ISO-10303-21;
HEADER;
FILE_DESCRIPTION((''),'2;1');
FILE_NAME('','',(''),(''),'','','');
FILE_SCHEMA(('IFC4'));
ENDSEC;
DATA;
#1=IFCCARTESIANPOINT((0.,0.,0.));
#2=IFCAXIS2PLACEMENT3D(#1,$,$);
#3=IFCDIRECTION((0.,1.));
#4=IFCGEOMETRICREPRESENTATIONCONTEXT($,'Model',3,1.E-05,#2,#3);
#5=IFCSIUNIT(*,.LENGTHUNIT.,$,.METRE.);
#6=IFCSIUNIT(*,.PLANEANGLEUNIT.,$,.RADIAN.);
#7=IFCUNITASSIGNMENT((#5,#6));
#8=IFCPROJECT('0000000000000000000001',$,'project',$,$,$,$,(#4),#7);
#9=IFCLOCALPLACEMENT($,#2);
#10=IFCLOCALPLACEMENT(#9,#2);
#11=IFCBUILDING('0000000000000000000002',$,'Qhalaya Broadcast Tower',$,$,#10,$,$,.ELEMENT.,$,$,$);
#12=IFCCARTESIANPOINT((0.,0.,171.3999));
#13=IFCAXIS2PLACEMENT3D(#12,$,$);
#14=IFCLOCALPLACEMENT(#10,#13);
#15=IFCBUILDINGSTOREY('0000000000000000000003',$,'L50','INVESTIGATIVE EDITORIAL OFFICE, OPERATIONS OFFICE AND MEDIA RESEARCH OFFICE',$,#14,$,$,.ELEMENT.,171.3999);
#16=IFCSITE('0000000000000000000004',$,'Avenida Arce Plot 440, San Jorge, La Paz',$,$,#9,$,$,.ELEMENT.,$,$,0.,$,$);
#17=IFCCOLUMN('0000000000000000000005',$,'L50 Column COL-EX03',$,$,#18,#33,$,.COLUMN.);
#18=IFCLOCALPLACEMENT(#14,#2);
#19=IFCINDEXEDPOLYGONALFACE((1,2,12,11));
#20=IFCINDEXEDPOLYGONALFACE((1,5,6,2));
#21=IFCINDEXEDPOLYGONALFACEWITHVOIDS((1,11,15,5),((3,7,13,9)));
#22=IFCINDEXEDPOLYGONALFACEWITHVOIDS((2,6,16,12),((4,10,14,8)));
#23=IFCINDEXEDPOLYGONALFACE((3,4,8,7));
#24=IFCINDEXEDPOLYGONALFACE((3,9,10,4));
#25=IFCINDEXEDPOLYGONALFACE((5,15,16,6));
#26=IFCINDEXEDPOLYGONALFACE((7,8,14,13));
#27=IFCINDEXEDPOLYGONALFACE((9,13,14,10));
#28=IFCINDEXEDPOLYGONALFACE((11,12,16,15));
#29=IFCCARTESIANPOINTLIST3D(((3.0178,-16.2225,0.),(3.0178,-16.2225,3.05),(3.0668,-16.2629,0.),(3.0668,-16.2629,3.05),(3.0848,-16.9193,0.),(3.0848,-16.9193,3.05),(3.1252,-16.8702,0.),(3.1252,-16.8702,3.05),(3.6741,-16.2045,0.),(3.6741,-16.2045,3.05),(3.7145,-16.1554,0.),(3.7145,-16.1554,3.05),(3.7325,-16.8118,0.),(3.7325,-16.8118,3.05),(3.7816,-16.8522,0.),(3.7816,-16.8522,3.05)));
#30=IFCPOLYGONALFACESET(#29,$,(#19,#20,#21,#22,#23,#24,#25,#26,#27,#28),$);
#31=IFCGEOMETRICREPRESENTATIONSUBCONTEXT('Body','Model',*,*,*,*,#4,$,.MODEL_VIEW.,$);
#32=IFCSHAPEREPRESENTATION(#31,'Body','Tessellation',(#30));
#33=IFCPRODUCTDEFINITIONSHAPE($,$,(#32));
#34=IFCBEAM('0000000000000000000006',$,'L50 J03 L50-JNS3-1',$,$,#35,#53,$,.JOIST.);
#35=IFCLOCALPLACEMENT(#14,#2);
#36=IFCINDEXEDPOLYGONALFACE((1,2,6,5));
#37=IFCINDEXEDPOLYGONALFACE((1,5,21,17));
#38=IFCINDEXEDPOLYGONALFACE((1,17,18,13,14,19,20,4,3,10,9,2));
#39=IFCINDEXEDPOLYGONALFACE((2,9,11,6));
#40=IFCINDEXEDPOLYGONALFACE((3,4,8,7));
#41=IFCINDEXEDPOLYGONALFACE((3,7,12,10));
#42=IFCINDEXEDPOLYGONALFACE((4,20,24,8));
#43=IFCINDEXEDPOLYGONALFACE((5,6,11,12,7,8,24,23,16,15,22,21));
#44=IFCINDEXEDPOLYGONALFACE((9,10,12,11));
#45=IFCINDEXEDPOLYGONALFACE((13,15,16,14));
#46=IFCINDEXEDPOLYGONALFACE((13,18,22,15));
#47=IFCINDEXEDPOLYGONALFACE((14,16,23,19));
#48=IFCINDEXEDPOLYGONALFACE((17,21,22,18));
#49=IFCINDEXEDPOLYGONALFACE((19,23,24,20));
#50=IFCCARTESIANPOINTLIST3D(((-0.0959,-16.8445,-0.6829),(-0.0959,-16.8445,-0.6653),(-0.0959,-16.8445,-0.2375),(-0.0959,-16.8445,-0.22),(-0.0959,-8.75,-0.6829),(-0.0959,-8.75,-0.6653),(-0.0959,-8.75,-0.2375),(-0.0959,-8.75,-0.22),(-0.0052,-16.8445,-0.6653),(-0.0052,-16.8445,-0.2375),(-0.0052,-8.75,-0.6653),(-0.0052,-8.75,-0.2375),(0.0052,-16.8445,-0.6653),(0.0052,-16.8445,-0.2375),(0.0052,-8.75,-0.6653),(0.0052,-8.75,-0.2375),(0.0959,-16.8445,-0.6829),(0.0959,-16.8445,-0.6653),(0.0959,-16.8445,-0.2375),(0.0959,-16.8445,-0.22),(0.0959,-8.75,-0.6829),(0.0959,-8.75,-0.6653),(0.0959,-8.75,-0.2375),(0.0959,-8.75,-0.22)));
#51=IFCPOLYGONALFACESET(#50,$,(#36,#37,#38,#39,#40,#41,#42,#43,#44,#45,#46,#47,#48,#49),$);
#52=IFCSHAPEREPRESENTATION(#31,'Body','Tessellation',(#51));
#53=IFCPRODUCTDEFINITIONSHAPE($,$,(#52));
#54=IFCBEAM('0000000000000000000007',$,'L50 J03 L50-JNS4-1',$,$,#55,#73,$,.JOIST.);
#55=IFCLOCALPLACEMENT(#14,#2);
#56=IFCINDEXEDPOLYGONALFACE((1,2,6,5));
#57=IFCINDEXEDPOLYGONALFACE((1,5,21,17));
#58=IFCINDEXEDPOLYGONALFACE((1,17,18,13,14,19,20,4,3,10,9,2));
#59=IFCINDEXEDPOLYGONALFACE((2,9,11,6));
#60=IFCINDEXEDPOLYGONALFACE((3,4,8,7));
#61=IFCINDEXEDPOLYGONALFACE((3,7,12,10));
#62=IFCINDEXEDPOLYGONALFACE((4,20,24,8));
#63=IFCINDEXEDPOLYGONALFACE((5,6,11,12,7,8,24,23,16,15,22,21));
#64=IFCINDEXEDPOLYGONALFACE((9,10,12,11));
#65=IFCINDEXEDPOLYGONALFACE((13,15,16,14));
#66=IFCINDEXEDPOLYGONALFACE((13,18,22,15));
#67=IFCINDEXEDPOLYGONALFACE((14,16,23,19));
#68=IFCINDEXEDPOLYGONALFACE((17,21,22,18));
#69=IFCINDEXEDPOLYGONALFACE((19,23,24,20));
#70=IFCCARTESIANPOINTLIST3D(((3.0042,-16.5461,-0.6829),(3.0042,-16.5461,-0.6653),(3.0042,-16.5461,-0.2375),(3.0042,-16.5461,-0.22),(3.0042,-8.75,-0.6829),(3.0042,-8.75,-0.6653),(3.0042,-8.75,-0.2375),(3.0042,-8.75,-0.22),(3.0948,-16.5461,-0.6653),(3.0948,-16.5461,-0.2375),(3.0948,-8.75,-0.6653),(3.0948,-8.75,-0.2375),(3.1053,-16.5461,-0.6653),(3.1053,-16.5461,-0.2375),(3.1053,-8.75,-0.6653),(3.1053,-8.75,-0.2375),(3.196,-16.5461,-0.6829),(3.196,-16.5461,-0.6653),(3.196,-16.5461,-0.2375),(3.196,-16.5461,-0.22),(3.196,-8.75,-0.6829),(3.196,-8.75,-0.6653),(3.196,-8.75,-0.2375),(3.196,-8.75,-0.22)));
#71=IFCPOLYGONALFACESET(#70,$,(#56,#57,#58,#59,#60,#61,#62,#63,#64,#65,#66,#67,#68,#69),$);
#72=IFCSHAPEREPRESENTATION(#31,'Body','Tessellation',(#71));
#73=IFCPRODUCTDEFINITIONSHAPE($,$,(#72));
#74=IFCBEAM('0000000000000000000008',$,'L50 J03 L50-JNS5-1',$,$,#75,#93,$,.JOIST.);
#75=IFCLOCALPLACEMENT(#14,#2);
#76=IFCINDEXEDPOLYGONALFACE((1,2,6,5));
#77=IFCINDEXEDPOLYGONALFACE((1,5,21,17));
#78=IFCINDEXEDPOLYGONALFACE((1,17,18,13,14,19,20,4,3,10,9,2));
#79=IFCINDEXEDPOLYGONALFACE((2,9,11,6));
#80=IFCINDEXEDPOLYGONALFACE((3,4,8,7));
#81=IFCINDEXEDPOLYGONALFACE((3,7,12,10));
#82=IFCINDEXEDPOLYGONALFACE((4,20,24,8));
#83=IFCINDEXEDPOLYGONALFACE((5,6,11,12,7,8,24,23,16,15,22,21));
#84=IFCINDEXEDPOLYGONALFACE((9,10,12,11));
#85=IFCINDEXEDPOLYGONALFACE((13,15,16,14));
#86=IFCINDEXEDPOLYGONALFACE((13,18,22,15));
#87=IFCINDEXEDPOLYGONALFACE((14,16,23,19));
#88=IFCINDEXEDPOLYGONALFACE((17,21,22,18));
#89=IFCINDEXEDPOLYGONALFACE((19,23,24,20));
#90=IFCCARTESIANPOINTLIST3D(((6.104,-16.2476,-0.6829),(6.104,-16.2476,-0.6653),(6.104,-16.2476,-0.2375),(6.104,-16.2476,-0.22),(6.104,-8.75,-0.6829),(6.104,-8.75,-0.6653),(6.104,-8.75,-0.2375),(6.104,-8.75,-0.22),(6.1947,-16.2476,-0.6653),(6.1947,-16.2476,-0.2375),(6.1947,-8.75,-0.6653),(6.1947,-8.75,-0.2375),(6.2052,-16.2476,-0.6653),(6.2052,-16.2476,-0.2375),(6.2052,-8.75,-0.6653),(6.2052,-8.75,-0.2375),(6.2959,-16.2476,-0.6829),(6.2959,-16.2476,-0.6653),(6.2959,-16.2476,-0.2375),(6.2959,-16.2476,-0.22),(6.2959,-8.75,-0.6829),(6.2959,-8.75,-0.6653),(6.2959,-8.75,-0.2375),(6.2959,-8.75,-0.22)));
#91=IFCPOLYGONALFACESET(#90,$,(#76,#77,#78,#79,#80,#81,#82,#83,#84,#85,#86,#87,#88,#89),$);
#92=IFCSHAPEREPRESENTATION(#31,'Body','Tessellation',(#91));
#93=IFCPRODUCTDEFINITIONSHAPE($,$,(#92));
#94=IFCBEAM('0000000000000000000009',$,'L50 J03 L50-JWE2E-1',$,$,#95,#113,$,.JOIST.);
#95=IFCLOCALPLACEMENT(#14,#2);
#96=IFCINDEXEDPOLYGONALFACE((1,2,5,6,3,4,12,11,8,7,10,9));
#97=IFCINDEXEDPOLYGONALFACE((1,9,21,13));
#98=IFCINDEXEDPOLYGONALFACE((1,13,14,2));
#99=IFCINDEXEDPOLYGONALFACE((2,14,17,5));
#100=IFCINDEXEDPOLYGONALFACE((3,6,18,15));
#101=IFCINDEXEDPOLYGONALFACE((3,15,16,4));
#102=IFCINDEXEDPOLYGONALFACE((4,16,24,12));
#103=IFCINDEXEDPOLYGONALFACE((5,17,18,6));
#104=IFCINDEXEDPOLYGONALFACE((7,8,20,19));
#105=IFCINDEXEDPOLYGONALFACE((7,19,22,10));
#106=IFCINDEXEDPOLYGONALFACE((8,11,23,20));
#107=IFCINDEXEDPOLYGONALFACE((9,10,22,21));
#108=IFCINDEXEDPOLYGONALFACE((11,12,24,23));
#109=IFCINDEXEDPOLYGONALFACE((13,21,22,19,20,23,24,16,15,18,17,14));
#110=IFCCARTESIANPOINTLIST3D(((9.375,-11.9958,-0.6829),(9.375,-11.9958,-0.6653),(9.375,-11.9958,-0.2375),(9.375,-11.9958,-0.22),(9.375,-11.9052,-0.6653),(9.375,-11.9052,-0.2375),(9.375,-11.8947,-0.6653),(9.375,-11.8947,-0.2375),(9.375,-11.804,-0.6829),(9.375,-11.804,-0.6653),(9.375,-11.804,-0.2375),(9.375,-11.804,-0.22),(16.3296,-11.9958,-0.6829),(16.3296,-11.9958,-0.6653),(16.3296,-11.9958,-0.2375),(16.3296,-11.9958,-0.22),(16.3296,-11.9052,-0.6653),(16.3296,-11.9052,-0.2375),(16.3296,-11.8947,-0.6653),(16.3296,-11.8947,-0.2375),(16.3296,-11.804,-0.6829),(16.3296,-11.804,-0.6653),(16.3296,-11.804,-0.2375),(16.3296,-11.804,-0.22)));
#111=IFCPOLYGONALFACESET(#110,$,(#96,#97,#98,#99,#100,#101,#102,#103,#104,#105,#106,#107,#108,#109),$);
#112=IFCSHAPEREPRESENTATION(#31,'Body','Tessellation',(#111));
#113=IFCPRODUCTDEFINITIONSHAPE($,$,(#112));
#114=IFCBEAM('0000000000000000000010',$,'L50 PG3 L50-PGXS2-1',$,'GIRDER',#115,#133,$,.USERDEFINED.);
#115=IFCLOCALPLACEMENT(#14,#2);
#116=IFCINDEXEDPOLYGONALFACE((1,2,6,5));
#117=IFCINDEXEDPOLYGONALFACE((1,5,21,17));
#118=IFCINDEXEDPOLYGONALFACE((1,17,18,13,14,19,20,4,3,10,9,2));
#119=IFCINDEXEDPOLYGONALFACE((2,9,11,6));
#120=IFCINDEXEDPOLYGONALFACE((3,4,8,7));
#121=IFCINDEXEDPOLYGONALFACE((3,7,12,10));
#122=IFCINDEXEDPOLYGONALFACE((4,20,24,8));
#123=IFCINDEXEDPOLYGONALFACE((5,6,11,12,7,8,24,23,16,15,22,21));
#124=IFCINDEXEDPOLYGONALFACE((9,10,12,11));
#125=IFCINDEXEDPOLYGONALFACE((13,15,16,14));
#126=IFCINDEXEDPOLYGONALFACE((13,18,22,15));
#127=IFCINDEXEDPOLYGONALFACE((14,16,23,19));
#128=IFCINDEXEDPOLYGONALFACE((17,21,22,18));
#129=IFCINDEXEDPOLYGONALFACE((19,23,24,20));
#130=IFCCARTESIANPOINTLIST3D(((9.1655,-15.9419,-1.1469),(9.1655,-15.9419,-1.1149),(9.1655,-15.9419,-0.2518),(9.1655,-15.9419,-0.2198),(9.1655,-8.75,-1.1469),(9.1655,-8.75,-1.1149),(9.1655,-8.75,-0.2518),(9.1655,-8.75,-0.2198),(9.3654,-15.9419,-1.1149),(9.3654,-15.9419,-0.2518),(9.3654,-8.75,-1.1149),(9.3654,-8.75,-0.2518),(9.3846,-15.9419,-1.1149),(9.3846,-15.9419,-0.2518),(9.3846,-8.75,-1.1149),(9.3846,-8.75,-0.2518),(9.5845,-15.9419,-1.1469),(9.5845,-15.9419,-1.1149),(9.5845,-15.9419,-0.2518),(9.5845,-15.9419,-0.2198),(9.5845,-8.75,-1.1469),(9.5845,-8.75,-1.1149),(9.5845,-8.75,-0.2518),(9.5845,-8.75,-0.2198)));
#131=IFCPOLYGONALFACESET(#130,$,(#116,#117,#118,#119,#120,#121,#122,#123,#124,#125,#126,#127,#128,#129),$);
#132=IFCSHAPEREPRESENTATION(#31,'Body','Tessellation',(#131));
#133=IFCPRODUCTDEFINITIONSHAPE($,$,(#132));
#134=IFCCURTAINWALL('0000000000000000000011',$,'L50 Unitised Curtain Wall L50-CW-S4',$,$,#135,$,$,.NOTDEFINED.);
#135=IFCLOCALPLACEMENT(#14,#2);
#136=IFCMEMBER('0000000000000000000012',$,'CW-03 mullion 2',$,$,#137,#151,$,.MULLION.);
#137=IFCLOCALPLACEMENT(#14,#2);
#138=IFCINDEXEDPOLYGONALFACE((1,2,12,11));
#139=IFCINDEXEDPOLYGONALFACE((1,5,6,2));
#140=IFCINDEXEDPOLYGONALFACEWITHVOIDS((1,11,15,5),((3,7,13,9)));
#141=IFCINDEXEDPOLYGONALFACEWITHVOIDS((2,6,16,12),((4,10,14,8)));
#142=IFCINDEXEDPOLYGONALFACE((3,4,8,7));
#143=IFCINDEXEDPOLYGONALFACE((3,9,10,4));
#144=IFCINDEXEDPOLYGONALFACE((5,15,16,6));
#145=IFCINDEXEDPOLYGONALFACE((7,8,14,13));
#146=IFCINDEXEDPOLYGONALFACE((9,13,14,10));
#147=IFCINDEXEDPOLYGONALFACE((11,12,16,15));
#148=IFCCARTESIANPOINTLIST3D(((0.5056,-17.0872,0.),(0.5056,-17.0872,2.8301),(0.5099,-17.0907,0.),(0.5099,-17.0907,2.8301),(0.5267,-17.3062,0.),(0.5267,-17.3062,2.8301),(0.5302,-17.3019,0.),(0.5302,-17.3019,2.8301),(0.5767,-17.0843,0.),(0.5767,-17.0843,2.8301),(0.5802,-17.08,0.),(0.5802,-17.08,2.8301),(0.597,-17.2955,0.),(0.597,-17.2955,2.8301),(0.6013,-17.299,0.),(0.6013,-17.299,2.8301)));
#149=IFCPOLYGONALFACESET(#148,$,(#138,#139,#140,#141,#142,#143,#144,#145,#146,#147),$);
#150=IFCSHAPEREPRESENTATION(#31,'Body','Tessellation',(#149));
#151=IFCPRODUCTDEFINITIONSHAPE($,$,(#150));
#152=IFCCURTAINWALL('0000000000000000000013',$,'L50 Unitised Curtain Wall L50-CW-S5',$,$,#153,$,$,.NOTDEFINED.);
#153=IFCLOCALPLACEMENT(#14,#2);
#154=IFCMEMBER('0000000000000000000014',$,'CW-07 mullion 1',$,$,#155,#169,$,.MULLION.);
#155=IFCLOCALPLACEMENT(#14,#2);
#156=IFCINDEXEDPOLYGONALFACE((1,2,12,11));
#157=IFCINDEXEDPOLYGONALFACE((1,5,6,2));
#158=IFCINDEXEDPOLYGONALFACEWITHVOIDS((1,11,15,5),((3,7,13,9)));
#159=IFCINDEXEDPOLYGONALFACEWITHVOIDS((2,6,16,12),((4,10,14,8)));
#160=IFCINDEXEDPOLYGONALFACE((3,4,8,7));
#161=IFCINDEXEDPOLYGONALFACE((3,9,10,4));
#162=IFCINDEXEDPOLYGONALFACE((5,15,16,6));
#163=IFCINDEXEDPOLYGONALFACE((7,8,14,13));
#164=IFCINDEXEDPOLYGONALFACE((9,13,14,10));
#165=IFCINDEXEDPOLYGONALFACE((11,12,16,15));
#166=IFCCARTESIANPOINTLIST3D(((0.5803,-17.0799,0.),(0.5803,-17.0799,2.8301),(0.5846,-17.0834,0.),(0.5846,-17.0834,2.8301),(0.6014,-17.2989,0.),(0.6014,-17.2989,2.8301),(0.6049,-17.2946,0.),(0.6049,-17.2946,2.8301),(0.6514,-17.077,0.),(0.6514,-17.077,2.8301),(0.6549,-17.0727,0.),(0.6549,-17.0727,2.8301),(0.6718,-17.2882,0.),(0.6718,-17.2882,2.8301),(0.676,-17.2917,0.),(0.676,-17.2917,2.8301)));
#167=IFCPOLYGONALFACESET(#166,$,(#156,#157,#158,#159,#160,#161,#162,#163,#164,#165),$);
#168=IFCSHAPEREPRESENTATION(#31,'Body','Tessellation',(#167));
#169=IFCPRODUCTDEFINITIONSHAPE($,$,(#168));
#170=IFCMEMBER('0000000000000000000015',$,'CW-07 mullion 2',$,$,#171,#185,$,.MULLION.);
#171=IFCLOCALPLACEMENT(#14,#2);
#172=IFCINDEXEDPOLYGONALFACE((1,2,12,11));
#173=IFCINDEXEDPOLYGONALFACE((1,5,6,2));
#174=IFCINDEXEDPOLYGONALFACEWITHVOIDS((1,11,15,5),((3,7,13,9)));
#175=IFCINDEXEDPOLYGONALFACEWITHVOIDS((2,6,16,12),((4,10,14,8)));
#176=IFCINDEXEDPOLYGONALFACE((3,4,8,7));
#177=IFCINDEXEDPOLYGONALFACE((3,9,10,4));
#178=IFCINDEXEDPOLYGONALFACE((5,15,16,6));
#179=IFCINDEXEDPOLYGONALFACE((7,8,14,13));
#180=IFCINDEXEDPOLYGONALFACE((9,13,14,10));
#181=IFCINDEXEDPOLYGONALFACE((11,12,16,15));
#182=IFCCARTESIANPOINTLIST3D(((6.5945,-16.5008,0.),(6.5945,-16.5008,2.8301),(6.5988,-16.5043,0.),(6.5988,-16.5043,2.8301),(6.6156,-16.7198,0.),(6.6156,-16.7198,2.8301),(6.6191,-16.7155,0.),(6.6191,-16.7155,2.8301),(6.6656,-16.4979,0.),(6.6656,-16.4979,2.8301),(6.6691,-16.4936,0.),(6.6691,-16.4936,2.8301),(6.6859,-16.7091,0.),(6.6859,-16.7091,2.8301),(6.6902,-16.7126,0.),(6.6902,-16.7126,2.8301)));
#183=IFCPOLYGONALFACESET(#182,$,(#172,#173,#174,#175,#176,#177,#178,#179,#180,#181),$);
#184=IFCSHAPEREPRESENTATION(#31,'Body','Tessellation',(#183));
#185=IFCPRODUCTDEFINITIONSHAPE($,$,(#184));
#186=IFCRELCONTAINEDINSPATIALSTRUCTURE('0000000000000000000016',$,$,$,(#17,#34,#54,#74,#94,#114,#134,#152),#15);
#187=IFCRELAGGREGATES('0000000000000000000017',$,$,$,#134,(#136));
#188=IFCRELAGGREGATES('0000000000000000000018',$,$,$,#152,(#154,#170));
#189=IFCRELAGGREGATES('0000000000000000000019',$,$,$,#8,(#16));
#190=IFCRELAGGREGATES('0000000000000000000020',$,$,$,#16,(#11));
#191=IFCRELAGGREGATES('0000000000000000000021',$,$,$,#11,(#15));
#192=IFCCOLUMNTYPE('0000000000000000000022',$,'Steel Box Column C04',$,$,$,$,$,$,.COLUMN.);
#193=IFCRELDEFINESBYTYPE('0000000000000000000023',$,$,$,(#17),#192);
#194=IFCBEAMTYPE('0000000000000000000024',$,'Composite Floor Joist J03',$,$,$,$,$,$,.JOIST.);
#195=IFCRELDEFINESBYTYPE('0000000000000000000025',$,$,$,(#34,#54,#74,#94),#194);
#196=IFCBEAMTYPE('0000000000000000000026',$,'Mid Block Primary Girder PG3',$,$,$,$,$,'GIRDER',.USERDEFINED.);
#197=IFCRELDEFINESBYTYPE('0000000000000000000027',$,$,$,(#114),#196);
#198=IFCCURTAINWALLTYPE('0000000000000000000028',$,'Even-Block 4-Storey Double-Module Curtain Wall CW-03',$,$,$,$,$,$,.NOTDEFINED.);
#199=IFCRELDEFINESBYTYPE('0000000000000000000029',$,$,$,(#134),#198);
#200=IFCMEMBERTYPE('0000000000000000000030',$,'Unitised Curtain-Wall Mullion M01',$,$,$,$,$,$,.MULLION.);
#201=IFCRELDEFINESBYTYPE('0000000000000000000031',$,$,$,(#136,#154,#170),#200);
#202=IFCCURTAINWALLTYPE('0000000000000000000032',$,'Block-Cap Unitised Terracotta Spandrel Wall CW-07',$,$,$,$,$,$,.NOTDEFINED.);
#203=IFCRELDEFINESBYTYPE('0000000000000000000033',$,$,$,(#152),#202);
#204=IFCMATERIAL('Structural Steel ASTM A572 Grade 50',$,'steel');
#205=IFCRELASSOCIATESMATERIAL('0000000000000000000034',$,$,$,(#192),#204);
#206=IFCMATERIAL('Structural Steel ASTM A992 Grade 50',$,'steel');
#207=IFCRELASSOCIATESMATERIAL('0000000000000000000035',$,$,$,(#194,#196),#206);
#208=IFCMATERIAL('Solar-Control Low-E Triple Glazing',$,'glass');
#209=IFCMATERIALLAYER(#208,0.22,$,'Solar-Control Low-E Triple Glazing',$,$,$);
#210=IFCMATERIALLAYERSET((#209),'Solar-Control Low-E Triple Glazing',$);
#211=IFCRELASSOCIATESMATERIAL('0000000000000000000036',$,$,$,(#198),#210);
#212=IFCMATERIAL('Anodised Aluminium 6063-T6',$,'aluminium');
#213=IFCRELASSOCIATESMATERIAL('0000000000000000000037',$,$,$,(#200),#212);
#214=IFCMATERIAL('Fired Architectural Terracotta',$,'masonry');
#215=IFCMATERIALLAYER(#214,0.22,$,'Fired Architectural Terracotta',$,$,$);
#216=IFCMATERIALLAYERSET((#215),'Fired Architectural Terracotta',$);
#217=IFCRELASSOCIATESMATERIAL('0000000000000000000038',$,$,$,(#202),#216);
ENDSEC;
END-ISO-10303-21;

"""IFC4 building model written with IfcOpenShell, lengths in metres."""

from ifc_helpers import new_model, si_unit, direction, frame, origin, origin_2d, place, context, subcontext, project, spatial, hollow_rectangle, i_section, extrude, material, layer, layer_set, material_profile, profile_set, type_object, element, aggregate, save


model = new_model("IFC4")

# Units and contexts
model_context = context("Model", 3, precision=1e-05, world=origin(), true_north=direction((0.0, 1.0)))
body_context = subcontext(model_context, "Body", "Model", "MODEL_VIEW")
ifc_project = project(units=[si_unit("LENGTHUNIT", "METRE"), si_unit("PLANEANGLEUNIT", "RADIAN")], contexts=[model_context])

# Site, building, storey
site_placement = place(None, origin())
site = spatial("IfcSite", under=ifc_project, at=site_placement, Name="Avenida Arce Plot 440, San Jorge, La Paz", CompositionType="ELEMENT", RefElevation=0.0)
building_placement = place(site_placement, origin())
building = spatial("IfcBuilding", under=site, at=building_placement, Name="Qhalaya Broadcast Tower", CompositionType="ELEMENT")
storey_placement = place(building_placement, frame((0.0, 0.0, 171.3999)))
storey = spatial("IfcBuildingStorey", under=building, at=storey_placement, Name="L50", Description="INVESTIGATIVE EDITORIAL OFFICE, OPERATIONS OFFICE AND MEDIA RESEARCH OFFICE", CompositionType="ELEMENT", Elevation=171.3999)

# Column
ifc_material_1 = material(Name="Structural Steel ASTM A572 Grade 50", Category="steel")
ifc_material_profile_1 = material_profile(ifc_material_1, hollow_rectangle(XDim=0.7, YDim=0.7, WallThickness=0.0449, at=origin_2d()), Name="BOX 700x700x45")
ifc_profile_set_1 = profile_set([ifc_material_profile_1], Name="Structural Steel ASTM A572 Grade 50")
column_type = type_object("IfcColumnType", Name="Steel Box Column C04", PredefinedType="COLUMN", material=ifc_profile_set_1)
column_placement = place(storey_placement, frame((3.3997, -16.5374, 0.0), z_axis=(0.0, 0.0, 1.0), x_axis=(0.995396, 0.095846, 0.0)))
element("IfcColumn", 1, at=column_placement, inside=storey, type_object=column_type, Name="L50 Column COL-EX03", PredefinedType="COLUMN", context=body_context, shape_type="SweptSolid", body=[
    extrude(hollow_rectangle(XDim=0.7, YDim=0.7, WallThickness=0.0449, at=origin_2d()), origin(), (0.0, 0.0, 1.0), 3.05),
])

# Beams
ifc_material_2 = material(Name="Structural Steel ASTM A992 Grade 50", Category="steel")
ifc_material_profile_2 = material_profile(ifc_material_2, i_section(OverallWidth=0.1919, OverallDepth=0.4629, WebThickness=0.0105, FlangeThickness=0.0176, at=origin_2d()), Name="W18X60")
ifc_profile_set_2 = profile_set([ifc_material_profile_2], Name="Structural Steel ASTM A992 Grade 50")
beam_type_1 = type_object("IfcBeamType", Name="Composite Floor Joist J03", PredefinedType="JOIST", material=ifc_profile_set_2)
beam_1_placement = place(storey_placement, frame((0.0, -16.8445, -0.4514), z_axis=(0.0, 1.0, 0.0), x_axis=(-1.0, 0.0, 0.0)))
element("IfcBeam", 2, at=beam_1_placement, inside=storey, type_object=beam_type_1, Name="L50 J03 L50-JNS3-1", PredefinedType="JOIST", context=body_context, shape_type="SweptSolid", body=[
    extrude(i_section(OverallWidth=0.1919, OverallDepth=0.4629, WebThickness=0.0105, FlangeThickness=0.0176, at=origin_2d()), origin(), (0.0, 0.0, 1.0), 8.0945),
])
beam_2_placement = place(storey_placement, frame((3.1001, -16.5461, -0.4514), z_axis=(0.0, 1.0, 0.0), x_axis=(-1.0, 0.0, 0.0)))
element("IfcBeam", 3, at=beam_2_placement, inside=storey, type_object=beam_type_1, Name="L50 J03 L50-JNS4-1", PredefinedType="JOIST", context=body_context, shape_type="SweptSolid", body=[
    extrude(i_section(OverallWidth=0.1919, OverallDepth=0.4629, WebThickness=0.0105, FlangeThickness=0.0176, at=origin_2d()), origin(), (0.0, 0.0, 1.0), 7.7961),
])
beam_3_placement = place(storey_placement, frame((6.2, -16.2476, -0.4514), z_axis=(0.0, 1.0, 0.0), x_axis=(-1.0, 0.0, 0.0)))
element("IfcBeam", 4, at=beam_3_placement, inside=storey, type_object=beam_type_1, Name="L50 J03 L50-JNS5-1", PredefinedType="JOIST", context=body_context, shape_type="SweptSolid", body=[
    extrude(i_section(OverallWidth=0.1919, OverallDepth=0.4629, WebThickness=0.0105, FlangeThickness=0.0176, at=origin_2d()), origin(), (0.0, 0.0, 1.0), 7.4976),
])
beam_4_placement = place(storey_placement, frame((9.375, -11.8999, -0.4514), z_axis=(1.0, 0.0, 0.0), x_axis=(0.0, 1.0, 0.0)))
element("IfcBeam", 5, at=beam_4_placement, inside=storey, type_object=beam_type_1, Name="L50 J03 L50-JWE2E-1", PredefinedType="JOIST", context=body_context, shape_type="SweptSolid", body=[
    extrude(i_section(OverallWidth=0.1919, OverallDepth=0.4629, WebThickness=0.0105, FlangeThickness=0.0176, at=origin_2d()), origin(), (0.0, 0.0, 1.0), 6.9546),
])
ifc_material_profile_3 = material_profile(ifc_material_2, i_section(OverallWidth=0.4189, OverallDepth=0.927, WebThickness=0.0193, FlangeThickness=0.032, at=origin_2d()), Name="W36X231")
ifc_profile_set_3 = profile_set([ifc_material_profile_3], Name="Structural Steel ASTM A992 Grade 50")
beam_type_2 = type_object("IfcBeamType", Name="Mid Block Primary Girder PG3", ElementType="GIRDER", PredefinedType="USERDEFINED", material=ifc_profile_set_3)
beam_5_placement = place(storey_placement, frame((9.375, -15.9419, -0.6833), z_axis=(0.0, 1.0, 0.0), x_axis=(-1.0, 0.0, 0.0)))
element("IfcBeam", 6, at=beam_5_placement, inside=storey, type_object=beam_type_2, Name="L50 PG3 L50-PGXS2-1", ObjectType="GIRDER", PredefinedType="USERDEFINED", context=body_context, shape_type="SweptSolid", body=[
    extrude(i_section(OverallWidth=0.4189, OverallDepth=0.927, WebThickness=0.0193, FlangeThickness=0.032, at=origin_2d()), origin(), (0.0, 0.0, 1.0), 7.1919),
])

# Curtain wall, member
ifc_material_3 = material(Name="Solar-Control Low-E Triple Glazing", Category="glass")
ifc_layer_1 = layer(ifc_material_3, 0.22, Name="Solar-Control Low-E Triple Glazing")
ifc_layer_set_1 = layer_set([ifc_layer_1], Name="Solar-Control Low-E Triple Glazing")
curtain_wall_type_1 = type_object("IfcCurtainWallType", Name="Even-Block 4-Storey Double-Module Curtain Wall CW-03", PredefinedType="NOTDEFINED", material=ifc_layer_set_1)
curtain_wall_1_placement = place(storey_placement, origin())
curtain_wall_1 = element("IfcCurtainWall", 7, at=curtain_wall_1_placement, inside=storey, type_object=curtain_wall_type_1, Name="L50 Unitised Curtain Wall L50-CW-S4", PredefinedType="NOTDEFINED")
ifc_material_4 = material(Name="Anodised Aluminium 6063-T6", Category="aluminium")
ifc_material_profile_4 = material_profile(ifc_material_4, hollow_rectangle(XDim=0.075, YDim=0.22, WallThickness=0.0039, at=origin_2d()), Name="ALU-MUL 75x220x4")
ifc_profile_set_4 = profile_set([ifc_material_profile_4], Name="Anodised Aluminium 6063-T6")
member_type_1 = type_object("IfcMemberType", Name="Unitised Curtain-Wall Mullion M01", PredefinedType="MULLION", material=ifc_profile_set_4)
member_1_placement = place(storey_placement, frame((0.5535, -17.1931, 0.0), z_axis=(0.0, 0.0, 1.0), x_axis=(0.995395, 0.095857, 0.0)))
member_1 = element("IfcMember", 8, at=member_1_placement, type_object=member_type_1, Name="CW-03 mullion 2", PredefinedType="MULLION", context=body_context, shape_type="SweptSolid", body=[
    extrude(hollow_rectangle(XDim=0.075, YDim=0.22, WallThickness=0.0039, at=origin_2d()), origin(), (0.0, 0.0, 1.0), 2.8301),
])
aggregate(curtain_wall_1, [member_1])

# Curtain wall, members
ifc_material_5 = material(Name="Fired Architectural Terracotta", Category="masonry")
ifc_layer_2 = layer(ifc_material_5, 0.22, Name="Fired Architectural Terracotta")
ifc_layer_set_2 = layer_set([ifc_layer_2], Name="Fired Architectural Terracotta")
curtain_wall_type_2 = type_object("IfcCurtainWallType", Name="Block-Cap Unitised Terracotta Spandrel Wall CW-07", PredefinedType="NOTDEFINED", material=ifc_layer_set_2)
curtain_wall_2_placement = place(storey_placement, origin())
curtain_wall_2 = element("IfcCurtainWall", 9, at=curtain_wall_2_placement, inside=storey, type_object=curtain_wall_type_2, Name="L50 Unitised Curtain Wall L50-CW-S5", PredefinedType="NOTDEFINED")
member_2_placement = place(storey_placement, frame((0.6282, -17.1858, 0.0), z_axis=(0.0, 0.0, 1.0), x_axis=(0.995396, 0.095848, 0.0)))
member_2 = element("IfcMember", 10, at=member_2_placement, type_object=member_type_1, Name="CW-07 mullion 1", PredefinedType="MULLION", context=body_context, shape_type="SweptSolid", body=[
    extrude(hollow_rectangle(XDim=0.075, YDim=0.22, WallThickness=0.0039, at=origin_2d()), origin(), (0.0, 0.0, 1.0), 2.8301),
])
member_3_placement = place(storey_placement, frame((6.6423, -16.6067, 0.0), z_axis=(0.0, 0.0, 1.0), x_axis=(0.995396, 0.095848, 0.0)))
member_3 = element("IfcMember", 11, at=member_3_placement, type_object=member_type_1, Name="CW-07 mullion 2", PredefinedType="MULLION", context=body_context, shape_type="SweptSolid", body=[
    extrude(hollow_rectangle(XDim=0.075, YDim=0.22, WallThickness=0.0039, at=origin_2d()), origin(), (0.0, 0.0, 1.0), 2.8301),
])

aggregate(curtain_wall_2, [member_2, member_3])

save(model, "model.ifc")
